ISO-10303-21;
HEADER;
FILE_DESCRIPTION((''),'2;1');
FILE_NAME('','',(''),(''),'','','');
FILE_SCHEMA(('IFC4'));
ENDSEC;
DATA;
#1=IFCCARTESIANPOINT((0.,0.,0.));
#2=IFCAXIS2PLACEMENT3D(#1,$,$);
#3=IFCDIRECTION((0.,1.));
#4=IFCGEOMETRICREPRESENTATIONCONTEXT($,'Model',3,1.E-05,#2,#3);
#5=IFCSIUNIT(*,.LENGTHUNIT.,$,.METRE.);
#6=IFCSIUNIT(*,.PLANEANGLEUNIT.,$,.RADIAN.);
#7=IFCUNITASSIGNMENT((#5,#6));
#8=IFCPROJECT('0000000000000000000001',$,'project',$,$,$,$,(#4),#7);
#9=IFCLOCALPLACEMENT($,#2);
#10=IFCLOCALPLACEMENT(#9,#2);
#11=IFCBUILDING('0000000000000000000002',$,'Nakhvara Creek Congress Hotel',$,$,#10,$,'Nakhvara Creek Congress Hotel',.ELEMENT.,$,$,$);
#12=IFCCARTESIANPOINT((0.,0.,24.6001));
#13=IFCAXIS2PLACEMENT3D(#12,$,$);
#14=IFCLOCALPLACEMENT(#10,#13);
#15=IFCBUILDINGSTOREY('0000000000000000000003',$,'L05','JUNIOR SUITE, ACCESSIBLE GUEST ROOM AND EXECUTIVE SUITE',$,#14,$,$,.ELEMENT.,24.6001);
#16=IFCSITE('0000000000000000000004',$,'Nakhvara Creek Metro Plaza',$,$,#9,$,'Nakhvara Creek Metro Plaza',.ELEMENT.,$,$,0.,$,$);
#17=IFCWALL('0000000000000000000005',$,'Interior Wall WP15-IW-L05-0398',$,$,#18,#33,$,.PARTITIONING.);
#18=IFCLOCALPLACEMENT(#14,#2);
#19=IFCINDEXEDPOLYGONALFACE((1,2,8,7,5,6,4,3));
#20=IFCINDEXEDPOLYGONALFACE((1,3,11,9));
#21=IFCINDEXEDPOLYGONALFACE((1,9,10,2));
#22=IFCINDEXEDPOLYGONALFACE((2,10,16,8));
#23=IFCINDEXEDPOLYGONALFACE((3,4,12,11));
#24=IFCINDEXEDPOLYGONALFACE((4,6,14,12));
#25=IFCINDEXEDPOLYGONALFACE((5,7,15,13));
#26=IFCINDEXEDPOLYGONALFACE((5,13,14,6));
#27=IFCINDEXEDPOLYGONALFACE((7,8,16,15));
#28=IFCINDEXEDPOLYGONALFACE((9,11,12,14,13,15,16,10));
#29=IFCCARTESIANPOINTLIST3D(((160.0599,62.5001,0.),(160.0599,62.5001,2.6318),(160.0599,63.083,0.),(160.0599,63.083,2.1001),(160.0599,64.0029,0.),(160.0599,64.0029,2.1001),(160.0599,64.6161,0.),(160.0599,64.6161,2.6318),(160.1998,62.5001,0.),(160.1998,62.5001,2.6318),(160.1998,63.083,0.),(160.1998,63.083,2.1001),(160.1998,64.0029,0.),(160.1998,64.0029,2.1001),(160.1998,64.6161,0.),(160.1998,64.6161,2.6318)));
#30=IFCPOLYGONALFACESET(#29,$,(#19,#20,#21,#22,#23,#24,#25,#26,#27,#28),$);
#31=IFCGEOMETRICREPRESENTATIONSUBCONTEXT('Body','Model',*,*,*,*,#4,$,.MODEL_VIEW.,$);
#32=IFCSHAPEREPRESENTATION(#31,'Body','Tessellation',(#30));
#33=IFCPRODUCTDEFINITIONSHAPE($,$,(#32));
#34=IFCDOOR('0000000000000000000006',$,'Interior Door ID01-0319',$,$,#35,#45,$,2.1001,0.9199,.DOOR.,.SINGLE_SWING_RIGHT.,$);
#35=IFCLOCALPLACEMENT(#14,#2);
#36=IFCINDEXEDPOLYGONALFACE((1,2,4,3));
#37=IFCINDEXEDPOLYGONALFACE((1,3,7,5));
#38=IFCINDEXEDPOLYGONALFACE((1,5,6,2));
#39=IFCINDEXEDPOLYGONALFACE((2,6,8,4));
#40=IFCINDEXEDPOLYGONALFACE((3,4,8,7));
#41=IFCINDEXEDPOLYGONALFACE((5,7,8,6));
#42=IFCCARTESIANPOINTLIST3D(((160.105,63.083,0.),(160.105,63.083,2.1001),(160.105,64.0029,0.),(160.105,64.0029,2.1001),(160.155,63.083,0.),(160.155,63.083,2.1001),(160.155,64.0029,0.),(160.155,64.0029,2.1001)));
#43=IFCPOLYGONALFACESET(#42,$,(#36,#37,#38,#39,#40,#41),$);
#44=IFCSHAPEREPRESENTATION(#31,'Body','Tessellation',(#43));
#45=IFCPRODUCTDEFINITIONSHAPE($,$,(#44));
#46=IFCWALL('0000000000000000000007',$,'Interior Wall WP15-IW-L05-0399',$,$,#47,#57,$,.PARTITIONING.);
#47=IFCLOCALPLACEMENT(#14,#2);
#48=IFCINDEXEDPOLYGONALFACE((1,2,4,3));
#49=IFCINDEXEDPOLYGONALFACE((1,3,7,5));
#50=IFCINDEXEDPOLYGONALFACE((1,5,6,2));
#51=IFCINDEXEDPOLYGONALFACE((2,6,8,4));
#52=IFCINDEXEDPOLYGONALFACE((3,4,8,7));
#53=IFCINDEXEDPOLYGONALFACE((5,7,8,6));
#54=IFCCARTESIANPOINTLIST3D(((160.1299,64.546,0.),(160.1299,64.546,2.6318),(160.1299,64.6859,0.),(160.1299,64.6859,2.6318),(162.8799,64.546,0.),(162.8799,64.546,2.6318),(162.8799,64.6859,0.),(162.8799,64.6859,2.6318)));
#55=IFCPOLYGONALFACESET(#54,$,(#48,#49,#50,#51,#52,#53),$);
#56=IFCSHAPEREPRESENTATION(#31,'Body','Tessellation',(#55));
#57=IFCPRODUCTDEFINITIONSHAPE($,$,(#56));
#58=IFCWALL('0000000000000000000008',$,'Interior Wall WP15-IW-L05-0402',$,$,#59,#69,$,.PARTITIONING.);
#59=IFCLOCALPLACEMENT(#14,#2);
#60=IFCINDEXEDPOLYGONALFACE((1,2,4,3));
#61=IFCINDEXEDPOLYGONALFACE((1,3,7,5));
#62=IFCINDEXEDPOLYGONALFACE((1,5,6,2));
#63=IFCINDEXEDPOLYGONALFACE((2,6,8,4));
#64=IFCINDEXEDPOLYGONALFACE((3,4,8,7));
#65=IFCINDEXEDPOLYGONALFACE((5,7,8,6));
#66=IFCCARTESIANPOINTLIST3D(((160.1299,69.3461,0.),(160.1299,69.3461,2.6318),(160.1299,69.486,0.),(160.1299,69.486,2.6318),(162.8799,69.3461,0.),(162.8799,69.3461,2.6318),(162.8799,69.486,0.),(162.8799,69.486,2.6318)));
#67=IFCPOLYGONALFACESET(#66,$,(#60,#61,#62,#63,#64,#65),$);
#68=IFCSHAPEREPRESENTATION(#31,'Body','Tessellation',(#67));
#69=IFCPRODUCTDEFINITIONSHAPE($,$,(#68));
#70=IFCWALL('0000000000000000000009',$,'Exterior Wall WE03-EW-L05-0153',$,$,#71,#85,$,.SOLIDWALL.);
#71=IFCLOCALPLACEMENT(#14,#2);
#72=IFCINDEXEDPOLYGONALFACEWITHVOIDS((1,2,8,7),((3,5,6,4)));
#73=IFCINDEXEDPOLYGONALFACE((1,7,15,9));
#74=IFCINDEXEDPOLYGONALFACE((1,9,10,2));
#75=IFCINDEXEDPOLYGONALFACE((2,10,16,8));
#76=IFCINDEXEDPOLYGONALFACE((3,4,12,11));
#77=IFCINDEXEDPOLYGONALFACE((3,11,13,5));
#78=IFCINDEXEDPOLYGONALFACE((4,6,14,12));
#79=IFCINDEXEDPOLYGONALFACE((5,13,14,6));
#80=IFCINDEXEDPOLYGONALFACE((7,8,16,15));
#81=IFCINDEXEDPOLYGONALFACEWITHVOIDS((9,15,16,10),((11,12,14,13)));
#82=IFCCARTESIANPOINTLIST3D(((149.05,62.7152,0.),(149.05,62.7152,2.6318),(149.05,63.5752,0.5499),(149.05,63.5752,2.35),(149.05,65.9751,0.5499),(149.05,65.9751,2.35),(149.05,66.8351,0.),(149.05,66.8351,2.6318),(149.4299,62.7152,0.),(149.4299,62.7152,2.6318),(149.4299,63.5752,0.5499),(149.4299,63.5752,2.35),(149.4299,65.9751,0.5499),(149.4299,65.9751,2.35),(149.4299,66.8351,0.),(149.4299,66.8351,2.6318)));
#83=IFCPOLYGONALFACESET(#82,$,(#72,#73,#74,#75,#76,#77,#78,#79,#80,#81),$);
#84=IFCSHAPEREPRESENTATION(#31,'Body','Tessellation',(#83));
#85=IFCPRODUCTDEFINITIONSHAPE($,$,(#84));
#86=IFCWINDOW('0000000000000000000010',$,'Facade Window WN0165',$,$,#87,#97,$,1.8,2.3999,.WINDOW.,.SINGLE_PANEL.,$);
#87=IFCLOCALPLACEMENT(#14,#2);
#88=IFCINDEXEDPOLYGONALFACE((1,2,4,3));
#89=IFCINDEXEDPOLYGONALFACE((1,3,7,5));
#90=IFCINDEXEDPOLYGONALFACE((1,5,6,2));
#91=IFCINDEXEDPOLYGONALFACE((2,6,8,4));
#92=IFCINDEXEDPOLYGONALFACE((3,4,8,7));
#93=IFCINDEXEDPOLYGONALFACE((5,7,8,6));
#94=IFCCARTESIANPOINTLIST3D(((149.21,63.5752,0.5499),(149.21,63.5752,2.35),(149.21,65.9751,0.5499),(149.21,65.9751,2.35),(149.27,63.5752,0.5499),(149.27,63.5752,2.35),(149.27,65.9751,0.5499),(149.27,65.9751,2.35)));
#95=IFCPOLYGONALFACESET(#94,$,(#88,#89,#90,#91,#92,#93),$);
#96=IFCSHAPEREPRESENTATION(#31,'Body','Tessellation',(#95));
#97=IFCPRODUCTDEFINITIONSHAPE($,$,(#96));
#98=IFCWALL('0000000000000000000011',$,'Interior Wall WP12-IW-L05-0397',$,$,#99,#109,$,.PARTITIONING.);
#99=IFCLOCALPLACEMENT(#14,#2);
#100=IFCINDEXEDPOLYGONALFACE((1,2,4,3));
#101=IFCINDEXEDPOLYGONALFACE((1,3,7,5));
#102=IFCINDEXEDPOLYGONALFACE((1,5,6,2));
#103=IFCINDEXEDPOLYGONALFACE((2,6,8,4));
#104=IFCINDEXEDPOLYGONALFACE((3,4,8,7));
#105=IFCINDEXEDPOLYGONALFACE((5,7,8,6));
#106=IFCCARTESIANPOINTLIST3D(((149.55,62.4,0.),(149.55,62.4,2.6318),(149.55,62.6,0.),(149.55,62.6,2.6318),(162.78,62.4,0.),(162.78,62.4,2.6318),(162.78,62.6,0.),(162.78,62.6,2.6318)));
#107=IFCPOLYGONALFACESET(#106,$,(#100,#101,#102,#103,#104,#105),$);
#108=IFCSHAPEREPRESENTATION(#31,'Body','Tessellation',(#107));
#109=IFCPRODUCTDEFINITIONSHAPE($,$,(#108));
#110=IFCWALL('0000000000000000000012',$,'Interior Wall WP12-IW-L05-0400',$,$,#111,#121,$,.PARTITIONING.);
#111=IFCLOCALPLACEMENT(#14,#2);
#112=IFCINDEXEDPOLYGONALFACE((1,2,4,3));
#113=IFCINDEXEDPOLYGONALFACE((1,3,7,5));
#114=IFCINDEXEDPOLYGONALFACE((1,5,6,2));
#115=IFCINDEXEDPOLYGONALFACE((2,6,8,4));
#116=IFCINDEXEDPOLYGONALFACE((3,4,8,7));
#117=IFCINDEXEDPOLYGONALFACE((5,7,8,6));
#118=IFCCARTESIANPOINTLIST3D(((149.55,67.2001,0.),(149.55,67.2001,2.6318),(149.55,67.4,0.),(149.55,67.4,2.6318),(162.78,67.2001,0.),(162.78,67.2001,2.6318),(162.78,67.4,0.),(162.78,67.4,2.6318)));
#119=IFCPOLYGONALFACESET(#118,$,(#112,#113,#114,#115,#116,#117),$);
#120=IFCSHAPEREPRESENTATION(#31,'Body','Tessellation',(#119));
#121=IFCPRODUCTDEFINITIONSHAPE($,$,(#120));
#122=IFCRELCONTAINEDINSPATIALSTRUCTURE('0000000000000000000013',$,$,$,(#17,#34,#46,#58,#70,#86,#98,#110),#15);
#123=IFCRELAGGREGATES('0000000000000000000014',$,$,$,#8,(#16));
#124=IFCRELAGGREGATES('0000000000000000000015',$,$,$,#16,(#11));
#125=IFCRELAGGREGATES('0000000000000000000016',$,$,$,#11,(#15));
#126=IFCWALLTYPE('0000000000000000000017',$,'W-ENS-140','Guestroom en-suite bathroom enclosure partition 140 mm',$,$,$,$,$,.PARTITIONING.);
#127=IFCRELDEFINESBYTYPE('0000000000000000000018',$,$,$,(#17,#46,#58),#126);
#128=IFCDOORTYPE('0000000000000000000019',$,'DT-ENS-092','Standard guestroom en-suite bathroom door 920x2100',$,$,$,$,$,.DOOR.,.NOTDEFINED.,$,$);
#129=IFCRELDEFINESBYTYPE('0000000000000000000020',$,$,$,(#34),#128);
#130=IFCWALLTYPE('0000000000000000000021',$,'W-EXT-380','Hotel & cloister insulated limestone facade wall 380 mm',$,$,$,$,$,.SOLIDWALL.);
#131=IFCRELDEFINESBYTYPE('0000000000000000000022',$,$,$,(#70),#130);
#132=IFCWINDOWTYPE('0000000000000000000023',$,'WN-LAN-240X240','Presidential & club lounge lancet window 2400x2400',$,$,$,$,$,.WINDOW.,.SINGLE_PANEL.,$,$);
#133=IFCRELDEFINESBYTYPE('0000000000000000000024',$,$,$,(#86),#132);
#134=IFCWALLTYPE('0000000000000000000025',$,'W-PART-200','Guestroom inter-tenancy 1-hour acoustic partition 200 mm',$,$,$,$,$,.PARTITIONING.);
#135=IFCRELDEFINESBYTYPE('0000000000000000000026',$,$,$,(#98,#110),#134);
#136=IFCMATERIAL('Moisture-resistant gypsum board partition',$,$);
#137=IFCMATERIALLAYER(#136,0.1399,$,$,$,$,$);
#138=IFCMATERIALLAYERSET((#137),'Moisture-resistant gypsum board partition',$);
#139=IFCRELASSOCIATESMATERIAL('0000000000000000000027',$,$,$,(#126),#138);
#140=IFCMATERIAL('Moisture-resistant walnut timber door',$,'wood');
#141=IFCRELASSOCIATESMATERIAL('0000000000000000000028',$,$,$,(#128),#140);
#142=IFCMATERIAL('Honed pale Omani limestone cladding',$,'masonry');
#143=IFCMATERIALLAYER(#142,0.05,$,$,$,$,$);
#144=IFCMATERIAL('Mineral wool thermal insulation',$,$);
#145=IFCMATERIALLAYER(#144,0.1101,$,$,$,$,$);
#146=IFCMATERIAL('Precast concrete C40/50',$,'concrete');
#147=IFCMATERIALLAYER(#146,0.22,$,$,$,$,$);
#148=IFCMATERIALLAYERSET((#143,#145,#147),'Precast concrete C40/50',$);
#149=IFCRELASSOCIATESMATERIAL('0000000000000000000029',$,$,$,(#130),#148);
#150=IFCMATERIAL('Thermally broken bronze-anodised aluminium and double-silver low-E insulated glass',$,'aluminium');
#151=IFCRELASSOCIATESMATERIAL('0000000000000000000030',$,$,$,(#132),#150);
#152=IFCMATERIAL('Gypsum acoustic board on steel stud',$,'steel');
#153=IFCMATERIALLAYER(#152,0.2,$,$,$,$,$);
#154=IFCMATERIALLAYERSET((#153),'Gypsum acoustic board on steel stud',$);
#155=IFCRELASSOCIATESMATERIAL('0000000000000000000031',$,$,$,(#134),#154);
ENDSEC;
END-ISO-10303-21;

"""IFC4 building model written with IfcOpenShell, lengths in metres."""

from ifc_helpers import new_model, si_unit, direction, frame, frame_2d, origin, place, context, subcontext, project, spatial, rectangle, extrude, material, layer, layer_set, type_object, element, fill, save


model = new_model("IFC4")

# Units and contexts
model_context = context("Model", 3, precision=1e-05, world=origin(), true_north=direction((0.0, 1.0)))
body_context = subcontext(model_context, "Body", "Model", "MODEL_VIEW")
ifc_project = project(units=[si_unit("LENGTHUNIT", "METRE"), si_unit("PLANEANGLEUNIT", "RADIAN")], contexts=[model_context])

# Site, building, storey
site_placement = place(None, origin())
site = spatial("IfcSite", under=ifc_project, at=site_placement, Name="Nakhvara Creek Metro Plaza", LongName="Nakhvara Creek Metro Plaza", CompositionType="ELEMENT", RefElevation=0.0)
building_placement = place(site_placement, origin())
building = spatial("IfcBuilding", under=site, at=building_placement, Name="Nakhvara Creek Congress Hotel", LongName="Nakhvara Creek Congress Hotel", CompositionType="ELEMENT")
storey_placement = place(building_placement, frame((0.0, 0.0, 24.6001)))
storey = spatial("IfcBuildingStorey", under=building, at=storey_placement, Name="L05", Description="JUNIOR SUITE, ACCESSIBLE GUEST ROOM AND EXECUTIVE SUITE", CompositionType="ELEMENT", Elevation=24.6001)

# Wall, opening, door
ifc_material_1 = material(Name="Moisture-resistant gypsum board partition")
ifc_layer_1 = layer(ifc_material_1, 0.1399)
ifc_layer_set_1 = layer_set([ifc_layer_1], Name="Moisture-resistant gypsum board partition")
wall_type_1 = type_object("IfcWallType", Name="W-ENS-140", Description="Guestroom en-suite bathroom enclosure partition 140 mm", PredefinedType="PARTITIONING", material=ifc_layer_set_1)
wall_1_placement = place(storey_placement, frame((160.1299, 62.5, 0.0), z_axis=(0.0, 0.0, 1.0), x_axis=(0.0, 1.0, 0.0)))
wall_1 = element("IfcWall", 1, at=wall_1_placement, inside=storey, type_object=wall_type_1, Name="Interior Wall WP15-IW-L05-0398", PredefinedType="PARTITIONING", context=body_context, shape_type="SweptSolid", body=[
    extrude(rectangle(XDim=2.116, YDim=0.1399, at=frame_2d((1.0581, 0.0))), origin(), (0.0, 0.0, 1.0), 2.6318),
])
opening_1_placement = place(wall_1_placement, frame((0.583, 0.0, 0.0)))
opening_1 = element("IfcOpeningElement", 2, at=opening_1_placement, cuts=wall_1, PredefinedType="OPENING", context=body_context, shape_type="SweptSolid", body=[
    extrude(rectangle(XDim=0.9199, YDim=2.1001, at=frame_2d((0.46, 1.05))), frame((0.0, 0.082, 0.0), z_axis=(0.0, -1.0, 0.0), x_axis=(1.0, 0.0, 0.0)), (0.0, 0.0, 1.0), 0.1638),
])
ifc_material_2 = material(Name="Moisture-resistant walnut timber door", Category="wood")
door_type_1 = type_object("IfcDoorType", Name="DT-ENS-092", Description="Standard guestroom en-suite bathroom door 920x2100", OperationType="NOTDEFINED", PredefinedType="DOOR", material=ifc_material_2)
door_1_placement = place(opening_1_placement, origin())
door_1 = element("IfcDoor", 3, at=door_1_placement, inside=storey, type_object=door_type_1, Name="Interior Door ID01-0319", OperationType="SINGLE_SWING_RIGHT", OverallHeight=2.1001, OverallWidth=0.9199, PredefinedType="DOOR", context=body_context, shape_type="SweptSolid", body=[
    extrude(rectangle(XDim=0.9199, YDim=2.1001, at=frame_2d((0.46, 1.05))), frame((0.0, 0.0249, 0.0), z_axis=(0.0, -1.0, 0.0), x_axis=(1.0, 0.0, 0.0)), (0.0, 0.0, 1.0), 0.05),
])
fill(opening_1, door_1)

# Wall
wall_2_placement = place(storey_placement, frame((160.1299, 64.616, 0.0), z_axis=(0.0, 0.0, 1.0), x_axis=(1.0, 0.0, 0.0)))
element("IfcWall", 4, at=wall_2_placement, inside=storey, type_object=wall_type_1, Name="Interior Wall WP15-IW-L05-0399", PredefinedType="PARTITIONING", context=body_context, shape_type="SweptSolid", body=[
    extrude(rectangle(XDim=2.75, YDim=0.1399, at=frame_2d((1.375, 0.0))), origin(), (0.0, 0.0, 1.0), 2.6318),
])

# Wall
wall_3_placement = place(storey_placement, frame((160.1299, 69.416, 0.0), z_axis=(0.0, 0.0, 1.0), x_axis=(1.0, 0.0, 0.0)))
element("IfcWall", 5, at=wall_3_placement, inside=storey, type_object=wall_type_1, Name="Interior Wall WP15-IW-L05-0402", PredefinedType="PARTITIONING", context=body_context, shape_type="SweptSolid", body=[
    extrude(rectangle(XDim=2.75, YDim=0.1399, at=frame_2d((1.375, 0.0))), origin(), (0.0, 0.0, 1.0), 2.6318),
])

# Wall, opening, window
ifc_material_3 = material(Name="Honed pale Omani limestone cladding", Category="masonry")
ifc_layer_2 = layer(ifc_material_3, 0.05)
ifc_material_4 = material(Name="Mineral wool thermal insulation")
ifc_layer_3 = layer(ifc_material_4, 0.1101)
ifc_material_5 = material(Name="Precast concrete C40/50", Category="concrete")
ifc_layer_4 = layer(ifc_material_5, 0.22)
ifc_layer_set_2 = layer_set([ifc_layer_2, ifc_layer_3, ifc_layer_4], Name="Precast concrete C40/50")
wall_type_2 = type_object("IfcWallType", Name="W-EXT-380", Description="Hotel & cloister insulated limestone facade wall 380 mm", PredefinedType="SOLIDWALL", material=ifc_layer_set_2)
wall_4_placement = place(storey_placement, frame((149.24, 62.7151, 0.0), z_axis=(0.0, 0.0, 1.0), x_axis=(0.0, 1.0, 0.0)))
wall_4 = element("IfcWall", 6, at=wall_4_placement, inside=storey, type_object=wall_type_2, Name="Exterior Wall WE03-EW-L05-0153", PredefinedType="SOLIDWALL", context=body_context, shape_type="SweptSolid", body=[
    extrude(rectangle(XDim=4.1199, YDim=0.3799, at=frame_2d((2.0601, 0.0))), origin(), (0.0, 0.0, 1.0), 2.6318),
])
opening_2_placement = place(wall_4_placement, frame((0.8601, 0.0, 0.55)))
opening_2 = element("IfcOpeningElement", 7, at=opening_2_placement, cuts=wall_4, PredefinedType="OPENING", context=body_context, shape_type="SweptSolid", body=[
    extrude(rectangle(XDim=2.3999, YDim=1.8, at=frame_2d((1.2, 0.8999))), frame((0.0, 0.2019, 0.0), z_axis=(0.0, -1.0, 0.0), x_axis=(1.0, 0.0, 0.0)), (0.0, 0.0, 1.0), 0.4038),
])
ifc_material_6 = material(Name="Thermally broken bronze-anodised aluminium and double-silver low-E insulated glass", Category="aluminium")
window_type = type_object("IfcWindowType", Name="WN-LAN-240X240", Description="Presidential & club lounge lancet window 2400x2400", PartitioningType="SINGLE_PANEL", PredefinedType="WINDOW", material=ifc_material_6)
window_placement = place(opening_2_placement, origin())
window = element("IfcWindow", 8, at=window_placement, inside=storey, type_object=window_type, Name="Facade Window WN0165", OverallHeight=1.8, OverallWidth=2.3999, PartitioningType="SINGLE_PANEL", PredefinedType="WINDOW", context=body_context, shape_type="SweptSolid", body=[
    extrude(rectangle(XDim=2.3999, YDim=1.8, at=frame_2d((1.2, 0.8999))), frame((0.0, 0.03, 0.0), z_axis=(0.0, -1.0, 0.0), x_axis=(1.0, 0.0, 0.0)), (0.0, 0.0, 1.0), 0.0601),
])
fill(opening_2, window)

# Walls
ifc_material_7 = material(Name="Gypsum acoustic board on steel stud", Category="steel")
ifc_layer_5 = layer(ifc_material_7, 0.2)
ifc_layer_set_3 = layer_set([ifc_layer_5], Name="Gypsum acoustic board on steel stud")
wall_type_3 = type_object("IfcWallType", Name="W-PART-200", Description="Guestroom inter-tenancy 1-hour acoustic partition 200 mm", PredefinedType="PARTITIONING", material=ifc_layer_set_3)
for number, where, z_axis, x_axis, name in (
    (9, (149.55, 62.5, 0.0), (0.0, 0.0, 1.0), (1.0, 0.0, 0.0), "Interior Wall WP12-IW-L05-0397"),
    (10, (149.55, 67.3, 0.0), (0.0, 0.0, 1.0), (1.0, 0.0, 0.0), "Interior Wall WP12-IW-L05-0400"),
):
    element("IfcWall", number, at=place(storey_placement, frame(where, z_axis=z_axis, x_axis=x_axis)), inside=storey, type_object=wall_type_3, Name=name, PredefinedType="PARTITIONING", context=body_context, shape_type="SweptSolid", body=[
        extrude(rectangle(XDim=13.23, YDim=0.2, at=frame_2d((6.615, 0.0))), origin(), (0.0, 0.0, 1.0), 2.6318),
    ])

save(model, "model.ifc")
